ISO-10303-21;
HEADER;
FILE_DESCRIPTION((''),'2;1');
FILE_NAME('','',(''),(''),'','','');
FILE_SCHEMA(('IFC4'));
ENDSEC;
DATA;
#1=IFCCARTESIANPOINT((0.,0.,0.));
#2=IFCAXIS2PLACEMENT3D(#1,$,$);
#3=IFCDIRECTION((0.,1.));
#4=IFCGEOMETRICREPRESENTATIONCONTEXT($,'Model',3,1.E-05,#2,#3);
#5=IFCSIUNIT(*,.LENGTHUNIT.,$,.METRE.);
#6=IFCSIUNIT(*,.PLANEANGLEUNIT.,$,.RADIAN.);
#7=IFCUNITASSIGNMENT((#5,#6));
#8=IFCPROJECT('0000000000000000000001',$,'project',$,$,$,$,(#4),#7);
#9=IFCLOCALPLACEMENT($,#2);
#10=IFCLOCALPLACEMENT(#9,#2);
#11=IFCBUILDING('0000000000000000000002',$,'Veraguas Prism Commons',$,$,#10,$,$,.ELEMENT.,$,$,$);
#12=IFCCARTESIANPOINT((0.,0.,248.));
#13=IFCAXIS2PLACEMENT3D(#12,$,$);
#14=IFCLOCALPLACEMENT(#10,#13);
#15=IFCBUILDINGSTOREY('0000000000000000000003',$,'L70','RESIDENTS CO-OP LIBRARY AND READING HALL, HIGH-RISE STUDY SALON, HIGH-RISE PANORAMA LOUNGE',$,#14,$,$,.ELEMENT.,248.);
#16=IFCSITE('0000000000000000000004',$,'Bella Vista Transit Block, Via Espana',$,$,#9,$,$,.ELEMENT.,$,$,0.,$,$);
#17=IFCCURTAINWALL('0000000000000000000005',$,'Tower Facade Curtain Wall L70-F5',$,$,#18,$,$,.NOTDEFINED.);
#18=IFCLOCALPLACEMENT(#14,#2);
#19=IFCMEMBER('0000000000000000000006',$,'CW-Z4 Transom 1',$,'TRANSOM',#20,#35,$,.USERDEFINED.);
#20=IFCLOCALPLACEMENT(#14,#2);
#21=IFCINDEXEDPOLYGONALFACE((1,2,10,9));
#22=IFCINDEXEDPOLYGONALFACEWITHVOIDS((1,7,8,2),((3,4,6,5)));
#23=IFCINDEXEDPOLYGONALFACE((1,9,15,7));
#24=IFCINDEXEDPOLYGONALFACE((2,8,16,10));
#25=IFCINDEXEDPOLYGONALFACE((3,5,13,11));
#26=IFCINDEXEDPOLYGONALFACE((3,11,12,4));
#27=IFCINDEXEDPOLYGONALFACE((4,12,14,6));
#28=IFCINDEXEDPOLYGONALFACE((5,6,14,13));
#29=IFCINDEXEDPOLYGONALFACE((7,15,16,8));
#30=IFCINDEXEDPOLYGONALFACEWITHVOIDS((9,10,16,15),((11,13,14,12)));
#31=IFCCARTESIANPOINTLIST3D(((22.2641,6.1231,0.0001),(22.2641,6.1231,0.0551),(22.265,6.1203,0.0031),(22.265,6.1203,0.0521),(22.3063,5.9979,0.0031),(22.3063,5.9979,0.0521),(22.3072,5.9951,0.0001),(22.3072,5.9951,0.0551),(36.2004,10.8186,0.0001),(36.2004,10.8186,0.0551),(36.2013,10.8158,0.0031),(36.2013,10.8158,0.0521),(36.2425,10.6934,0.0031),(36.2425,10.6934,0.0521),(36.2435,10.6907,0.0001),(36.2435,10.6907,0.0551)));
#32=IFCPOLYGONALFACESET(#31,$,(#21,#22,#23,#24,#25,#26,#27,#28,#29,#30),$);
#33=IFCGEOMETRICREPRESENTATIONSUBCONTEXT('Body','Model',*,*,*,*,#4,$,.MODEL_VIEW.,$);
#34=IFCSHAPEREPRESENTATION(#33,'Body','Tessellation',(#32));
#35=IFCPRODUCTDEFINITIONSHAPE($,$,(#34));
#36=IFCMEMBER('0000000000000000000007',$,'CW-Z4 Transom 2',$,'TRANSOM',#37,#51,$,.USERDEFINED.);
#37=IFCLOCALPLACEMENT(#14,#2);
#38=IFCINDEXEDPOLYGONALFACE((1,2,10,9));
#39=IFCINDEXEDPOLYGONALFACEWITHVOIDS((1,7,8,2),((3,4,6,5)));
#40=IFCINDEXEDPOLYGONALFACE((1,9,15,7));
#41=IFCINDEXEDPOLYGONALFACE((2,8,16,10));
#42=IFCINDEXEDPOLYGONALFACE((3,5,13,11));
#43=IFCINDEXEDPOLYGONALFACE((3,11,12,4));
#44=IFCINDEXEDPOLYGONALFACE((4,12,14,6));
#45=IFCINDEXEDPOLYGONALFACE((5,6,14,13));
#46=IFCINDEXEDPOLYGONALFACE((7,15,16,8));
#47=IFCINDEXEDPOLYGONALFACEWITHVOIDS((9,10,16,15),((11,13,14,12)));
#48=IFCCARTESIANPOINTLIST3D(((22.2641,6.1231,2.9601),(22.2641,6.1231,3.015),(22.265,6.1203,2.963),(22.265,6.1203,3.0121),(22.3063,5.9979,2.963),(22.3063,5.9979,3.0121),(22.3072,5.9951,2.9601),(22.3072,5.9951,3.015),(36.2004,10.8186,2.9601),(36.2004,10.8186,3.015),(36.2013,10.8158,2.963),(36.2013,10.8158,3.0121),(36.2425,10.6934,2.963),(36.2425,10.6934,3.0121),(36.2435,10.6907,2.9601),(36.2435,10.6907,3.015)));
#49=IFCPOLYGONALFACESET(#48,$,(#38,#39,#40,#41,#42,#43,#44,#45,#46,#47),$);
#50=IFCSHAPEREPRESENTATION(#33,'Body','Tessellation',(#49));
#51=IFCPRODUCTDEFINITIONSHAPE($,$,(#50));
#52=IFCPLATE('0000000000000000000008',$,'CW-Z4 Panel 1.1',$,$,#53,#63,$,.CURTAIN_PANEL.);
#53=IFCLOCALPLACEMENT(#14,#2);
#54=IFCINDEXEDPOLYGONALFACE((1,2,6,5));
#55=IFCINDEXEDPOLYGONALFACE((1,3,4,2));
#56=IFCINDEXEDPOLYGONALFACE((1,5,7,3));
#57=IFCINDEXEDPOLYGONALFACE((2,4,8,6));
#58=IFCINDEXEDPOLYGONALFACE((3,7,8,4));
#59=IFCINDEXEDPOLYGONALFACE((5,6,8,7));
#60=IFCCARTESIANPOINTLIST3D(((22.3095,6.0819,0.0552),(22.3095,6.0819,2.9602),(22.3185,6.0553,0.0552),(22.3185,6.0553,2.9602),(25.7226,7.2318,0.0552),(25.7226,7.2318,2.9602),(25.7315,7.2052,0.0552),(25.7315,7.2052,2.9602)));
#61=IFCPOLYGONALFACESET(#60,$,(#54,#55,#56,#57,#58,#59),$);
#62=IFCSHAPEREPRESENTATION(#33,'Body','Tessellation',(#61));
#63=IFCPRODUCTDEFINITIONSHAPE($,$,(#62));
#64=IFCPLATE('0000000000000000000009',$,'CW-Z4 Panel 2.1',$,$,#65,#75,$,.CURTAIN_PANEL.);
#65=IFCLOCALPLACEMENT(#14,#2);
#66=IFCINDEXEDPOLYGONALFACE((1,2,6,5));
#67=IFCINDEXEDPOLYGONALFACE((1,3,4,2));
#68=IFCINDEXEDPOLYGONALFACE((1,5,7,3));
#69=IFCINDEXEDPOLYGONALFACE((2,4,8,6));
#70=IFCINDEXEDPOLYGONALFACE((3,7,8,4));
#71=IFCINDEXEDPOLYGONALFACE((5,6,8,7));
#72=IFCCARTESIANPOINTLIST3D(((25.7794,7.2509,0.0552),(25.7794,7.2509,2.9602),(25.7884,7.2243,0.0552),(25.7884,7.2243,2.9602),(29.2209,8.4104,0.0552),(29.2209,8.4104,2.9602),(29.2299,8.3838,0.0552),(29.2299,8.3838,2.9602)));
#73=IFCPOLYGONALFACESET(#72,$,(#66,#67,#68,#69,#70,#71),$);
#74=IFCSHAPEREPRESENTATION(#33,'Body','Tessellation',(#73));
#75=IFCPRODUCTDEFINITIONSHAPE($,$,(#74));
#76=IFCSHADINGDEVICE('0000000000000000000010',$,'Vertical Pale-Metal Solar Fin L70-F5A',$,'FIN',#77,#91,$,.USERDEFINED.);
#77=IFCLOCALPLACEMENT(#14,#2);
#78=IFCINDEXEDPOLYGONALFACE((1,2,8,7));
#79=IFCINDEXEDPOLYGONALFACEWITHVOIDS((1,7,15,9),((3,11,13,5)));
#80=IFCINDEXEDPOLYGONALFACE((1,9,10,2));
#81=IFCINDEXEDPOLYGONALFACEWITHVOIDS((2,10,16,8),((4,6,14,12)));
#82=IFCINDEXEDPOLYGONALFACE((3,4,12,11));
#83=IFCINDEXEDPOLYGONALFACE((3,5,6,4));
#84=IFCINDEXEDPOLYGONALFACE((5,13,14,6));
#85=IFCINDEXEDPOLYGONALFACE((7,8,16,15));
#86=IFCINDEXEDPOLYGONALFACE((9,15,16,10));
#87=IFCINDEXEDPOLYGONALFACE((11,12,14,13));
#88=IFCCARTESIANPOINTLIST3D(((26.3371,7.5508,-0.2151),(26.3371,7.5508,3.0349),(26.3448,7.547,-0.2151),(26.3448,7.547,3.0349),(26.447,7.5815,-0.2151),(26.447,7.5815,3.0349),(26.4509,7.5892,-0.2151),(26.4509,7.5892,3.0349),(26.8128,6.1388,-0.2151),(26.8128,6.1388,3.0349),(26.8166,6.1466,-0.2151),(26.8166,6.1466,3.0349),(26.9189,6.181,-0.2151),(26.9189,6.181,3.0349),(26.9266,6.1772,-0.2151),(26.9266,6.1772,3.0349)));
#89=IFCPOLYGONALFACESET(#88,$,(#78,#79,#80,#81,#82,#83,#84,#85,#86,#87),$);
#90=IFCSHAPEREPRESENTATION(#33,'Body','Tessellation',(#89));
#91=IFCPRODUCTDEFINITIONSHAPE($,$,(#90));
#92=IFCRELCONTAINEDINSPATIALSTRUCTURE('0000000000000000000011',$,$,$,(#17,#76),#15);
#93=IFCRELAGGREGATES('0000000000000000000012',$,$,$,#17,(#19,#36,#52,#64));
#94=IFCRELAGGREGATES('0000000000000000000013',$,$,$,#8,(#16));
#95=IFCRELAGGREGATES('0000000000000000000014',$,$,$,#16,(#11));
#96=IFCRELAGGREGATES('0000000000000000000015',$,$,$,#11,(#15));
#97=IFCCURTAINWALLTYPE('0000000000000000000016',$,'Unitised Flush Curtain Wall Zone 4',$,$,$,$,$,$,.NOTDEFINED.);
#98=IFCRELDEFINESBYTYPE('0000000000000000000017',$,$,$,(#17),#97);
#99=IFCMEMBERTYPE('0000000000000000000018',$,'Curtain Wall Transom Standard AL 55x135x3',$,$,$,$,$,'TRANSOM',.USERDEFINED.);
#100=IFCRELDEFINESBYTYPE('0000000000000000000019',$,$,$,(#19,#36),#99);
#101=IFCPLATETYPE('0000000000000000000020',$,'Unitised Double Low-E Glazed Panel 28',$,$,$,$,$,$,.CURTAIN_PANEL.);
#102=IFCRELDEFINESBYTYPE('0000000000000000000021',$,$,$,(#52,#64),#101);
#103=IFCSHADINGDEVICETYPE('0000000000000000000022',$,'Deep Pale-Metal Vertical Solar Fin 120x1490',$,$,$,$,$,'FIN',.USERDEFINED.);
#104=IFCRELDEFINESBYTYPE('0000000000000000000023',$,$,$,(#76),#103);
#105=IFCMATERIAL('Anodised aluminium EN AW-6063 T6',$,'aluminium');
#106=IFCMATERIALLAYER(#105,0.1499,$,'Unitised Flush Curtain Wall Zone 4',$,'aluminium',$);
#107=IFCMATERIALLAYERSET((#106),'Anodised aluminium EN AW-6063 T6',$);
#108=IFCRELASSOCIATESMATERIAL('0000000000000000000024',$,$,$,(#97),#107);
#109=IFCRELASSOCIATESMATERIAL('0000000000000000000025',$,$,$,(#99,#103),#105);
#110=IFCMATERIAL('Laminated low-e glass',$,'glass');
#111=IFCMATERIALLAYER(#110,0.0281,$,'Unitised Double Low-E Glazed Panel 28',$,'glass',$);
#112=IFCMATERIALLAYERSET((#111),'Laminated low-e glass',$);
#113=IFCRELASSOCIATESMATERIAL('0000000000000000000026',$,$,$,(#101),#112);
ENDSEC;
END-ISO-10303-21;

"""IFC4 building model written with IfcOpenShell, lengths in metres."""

from ifc_helpers import new_model, si_unit, direction, frame, origin, origin_2d, place, context, subcontext, project, spatial, rectangle, hollow_rectangle, extrude, source, transform, mapped, material, layer, layer_set, material_profile, profile_set, type_object, element, aggregate, save


model = new_model("IFC4")

# Units and contexts
model_context = context("Model", 3, precision=1e-05, world=origin(), true_north=direction((0.0, 1.0)))
body_context = subcontext(model_context, "Body", "Model", "MODEL_VIEW")
ifc_project = project(units=[si_unit("LENGTHUNIT", "METRE"), si_unit("PLANEANGLEUNIT", "RADIAN")], contexts=[model_context])

# Site, building, storey
site_placement = place(None, origin())
site = spatial("IfcSite", under=ifc_project, at=site_placement, Name="Bella Vista Transit Block, Via Espana", CompositionType="ELEMENT", RefElevation=0.0)
building_placement = place(site_placement, origin())
building = spatial("IfcBuilding", under=site, at=building_placement, Name="Veraguas Prism Commons", CompositionType="ELEMENT")
storey_placement = place(building_placement, frame((0.0, 0.0, 248.0)))
storey = spatial("IfcBuildingStorey", under=building, at=storey_placement, Name="L70", Description="RESIDENTS CO-OP LIBRARY AND READING HALL, HIGH-RISE STUDY SALON, HIGH-RISE PANORAMA LOUNGE", CompositionType="ELEMENT", Elevation=248.0)

# Curtain wall
ifc_material_1 = material(Name="Anodised aluminium EN AW-6063 T6", Category="aluminium")
ifc_layer_1 = layer(ifc_material_1, 0.1499, Name="Unitised Flush Curtain Wall Zone 4", Category="aluminium")
ifc_layer_set_1 = layer_set([ifc_layer_1], Name="Anodised aluminium EN AW-6063 T6")
curtain_wall_type = type_object("IfcCurtainWallType", Name="Unitised Flush Curtain Wall Zone 4", PredefinedType="NOTDEFINED", material=ifc_layer_set_1)
curtain_wall_1_placement = place(storey_placement, origin())
curtain_wall_1 = element("IfcCurtainWall", 1, at=curtain_wall_1_placement, inside=storey, type_object=curtain_wall_type, Name="Tower Facade Curtain Wall L70-F5", PredefinedType="NOTDEFINED")

# Members
ifc_material_profile_1 = material_profile(ifc_material_1, hollow_rectangle(XDim=0.0549, YDim=0.135, WallThickness=0.0029, at=origin_2d()), Name="AL55X135X3")
ifc_profile_set_1 = profile_set([ifc_material_profile_1], Name="Anodised aluminium EN AW-6063 T6")
member_type_1 = type_object("IfcMemberType", Name="Curtain Wall Transom Standard AL 55x135x3", ElementType="TRANSOM", PredefinedType="USERDEFINED", material=ifc_profile_set_1)
shared_shape_1 = source(origin(), body_context, "Body", "SweptSolid", [
    extrude(hollow_rectangle(XDim=0.0549, YDim=0.135, WallThickness=0.0029, at=origin_2d()), origin(), (0.0, 0.0, 1.0), 14.7061),
])
member_1_placement = place(storey_placement, frame((22.2856, 6.0591, 0.0276), z_axis=(0.947656, 0.319294, 0.0), x_axis=(0.0, 0.0, 1.0)))
member_1 = element("IfcMember", 2, at=member_1_placement, type_object=member_type_1, Name="CW-Z4 Transom 1", ObjectType="TRANSOM", PredefinedType="USERDEFINED", context=body_context, shape_type="MappedRepresentation", body=[
    mapped(shared_shape_1, transform((0.0, 0.0, 0.0), scale=1.0)),
])
member_2_placement = place(storey_placement, frame((22.2856, 6.0591, 2.9875), z_axis=(0.947656, 0.319294, 0.0), x_axis=(0.0, 0.0, 1.0)))
member_2 = element("IfcMember", 3, at=member_2_placement, type_object=member_type_1, Name="CW-Z4 Transom 2", ObjectType="TRANSOM", PredefinedType="USERDEFINED", context=body_context, shape_type="MappedRepresentation", body=[
    mapped(shared_shape_1, transform((0.0, 0.0, 0.0), scale=1.0)),
])

# Plates
ifc_material_2 = material(Name="Laminated low-e glass", Category="glass")
ifc_layer_2 = layer(ifc_material_2, 0.0281, Name="Unitised Double Low-E Glazed Panel 28", Category="glass")
ifc_layer_set_2 = layer_set([ifc_layer_2], Name="Laminated low-e glass")
plate_type = type_object("IfcPlateType", Name="Unitised Double Low-E Glazed Panel 28", PredefinedType="CURTAIN_PANEL", material=ifc_layer_set_2)
shared_shape_2 = source(origin(), body_context, "Body", "SweptSolid", [
    extrude(rectangle(XDim=3.6016, YDim=0.0281, at=origin_2d()), origin(), (0.0, 0.0, 1.0), 2.905),
])
plate_1_placement = place(storey_placement, frame((24.0205, 6.6436, 0.0552), z_axis=(0.0, 0.0, 1.0), x_axis=(0.947659, 0.319284, 0.0)))
plate_1 = element("IfcPlate", 4, at=plate_1_placement, type_object=plate_type, Name="CW-Z4 Panel 1.1", PredefinedType="CURTAIN_PANEL", context=body_context, shape_type="MappedRepresentation", body=[
    mapped(shared_shape_2, transform((0.0, 0.0, 0.0), scale=1.0)),
])
shared_shape_3 = source(origin(), body_context, "Body", "SweptSolid", [
    extrude(rectangle(XDim=3.6316, YDim=0.0281, at=origin_2d()), origin(), (0.0, 0.0, 1.0), 2.905),
])
plate_2_placement = place(storey_placement, frame((27.5046, 7.8174, 0.0552), z_axis=(0.0, 0.0, 1.0), x_axis=(0.947659, 0.319284, 0.0)))
plate_2 = element("IfcPlate", 5, at=plate_2_placement, type_object=plate_type, Name="CW-Z4 Panel 2.1", PredefinedType="CURTAIN_PANEL", context=body_context, shape_type="MappedRepresentation", body=[
    mapped(shared_shape_3, transform((0.0, 0.0, 0.0), scale=1.0)),
])
aggregate(curtain_wall_1, [member_1, member_2, plate_1, plate_2])

# Shading device
ifc_material_profile_2 = material_profile(ifc_material_1, hollow_rectangle(XDim=0.1201, YDim=1.49, WallThickness=0.0061, at=origin_2d()), Name="FIN120X1490X6")
ifc_profile_set_2 = profile_set([ifc_material_profile_2], Name="Anodised aluminium EN AW-6063 T6")
shading_device_type = type_object("IfcShadingDeviceType", Name="Deep Pale-Metal Vertical Solar Fin 120x1490", ElementType="FIN", PredefinedType="USERDEFINED", material=ifc_profile_set_2)
shading_device_placement = place(storey_placement, frame((26.6318, 6.864, -0.2151), z_axis=(0.0, 0.0, 1.0), x_axis=(0.947658, 0.319287, 0.0)))
element("IfcShadingDevice", 6, at=shading_device_placement, inside=storey, type_object=shading_device_type, Name="Vertical Pale-Metal Solar Fin L70-F5A", ObjectType="FIN", PredefinedType="USERDEFINED", context=body_context, shape_type="SweptSolid", body=[
    extrude(hollow_rectangle(XDim=0.1201, YDim=1.49, WallThickness=0.0061, at=origin_2d()), origin(), (0.0, 0.0, 1.0), 3.25),
])

save(model, "model.ifc")
